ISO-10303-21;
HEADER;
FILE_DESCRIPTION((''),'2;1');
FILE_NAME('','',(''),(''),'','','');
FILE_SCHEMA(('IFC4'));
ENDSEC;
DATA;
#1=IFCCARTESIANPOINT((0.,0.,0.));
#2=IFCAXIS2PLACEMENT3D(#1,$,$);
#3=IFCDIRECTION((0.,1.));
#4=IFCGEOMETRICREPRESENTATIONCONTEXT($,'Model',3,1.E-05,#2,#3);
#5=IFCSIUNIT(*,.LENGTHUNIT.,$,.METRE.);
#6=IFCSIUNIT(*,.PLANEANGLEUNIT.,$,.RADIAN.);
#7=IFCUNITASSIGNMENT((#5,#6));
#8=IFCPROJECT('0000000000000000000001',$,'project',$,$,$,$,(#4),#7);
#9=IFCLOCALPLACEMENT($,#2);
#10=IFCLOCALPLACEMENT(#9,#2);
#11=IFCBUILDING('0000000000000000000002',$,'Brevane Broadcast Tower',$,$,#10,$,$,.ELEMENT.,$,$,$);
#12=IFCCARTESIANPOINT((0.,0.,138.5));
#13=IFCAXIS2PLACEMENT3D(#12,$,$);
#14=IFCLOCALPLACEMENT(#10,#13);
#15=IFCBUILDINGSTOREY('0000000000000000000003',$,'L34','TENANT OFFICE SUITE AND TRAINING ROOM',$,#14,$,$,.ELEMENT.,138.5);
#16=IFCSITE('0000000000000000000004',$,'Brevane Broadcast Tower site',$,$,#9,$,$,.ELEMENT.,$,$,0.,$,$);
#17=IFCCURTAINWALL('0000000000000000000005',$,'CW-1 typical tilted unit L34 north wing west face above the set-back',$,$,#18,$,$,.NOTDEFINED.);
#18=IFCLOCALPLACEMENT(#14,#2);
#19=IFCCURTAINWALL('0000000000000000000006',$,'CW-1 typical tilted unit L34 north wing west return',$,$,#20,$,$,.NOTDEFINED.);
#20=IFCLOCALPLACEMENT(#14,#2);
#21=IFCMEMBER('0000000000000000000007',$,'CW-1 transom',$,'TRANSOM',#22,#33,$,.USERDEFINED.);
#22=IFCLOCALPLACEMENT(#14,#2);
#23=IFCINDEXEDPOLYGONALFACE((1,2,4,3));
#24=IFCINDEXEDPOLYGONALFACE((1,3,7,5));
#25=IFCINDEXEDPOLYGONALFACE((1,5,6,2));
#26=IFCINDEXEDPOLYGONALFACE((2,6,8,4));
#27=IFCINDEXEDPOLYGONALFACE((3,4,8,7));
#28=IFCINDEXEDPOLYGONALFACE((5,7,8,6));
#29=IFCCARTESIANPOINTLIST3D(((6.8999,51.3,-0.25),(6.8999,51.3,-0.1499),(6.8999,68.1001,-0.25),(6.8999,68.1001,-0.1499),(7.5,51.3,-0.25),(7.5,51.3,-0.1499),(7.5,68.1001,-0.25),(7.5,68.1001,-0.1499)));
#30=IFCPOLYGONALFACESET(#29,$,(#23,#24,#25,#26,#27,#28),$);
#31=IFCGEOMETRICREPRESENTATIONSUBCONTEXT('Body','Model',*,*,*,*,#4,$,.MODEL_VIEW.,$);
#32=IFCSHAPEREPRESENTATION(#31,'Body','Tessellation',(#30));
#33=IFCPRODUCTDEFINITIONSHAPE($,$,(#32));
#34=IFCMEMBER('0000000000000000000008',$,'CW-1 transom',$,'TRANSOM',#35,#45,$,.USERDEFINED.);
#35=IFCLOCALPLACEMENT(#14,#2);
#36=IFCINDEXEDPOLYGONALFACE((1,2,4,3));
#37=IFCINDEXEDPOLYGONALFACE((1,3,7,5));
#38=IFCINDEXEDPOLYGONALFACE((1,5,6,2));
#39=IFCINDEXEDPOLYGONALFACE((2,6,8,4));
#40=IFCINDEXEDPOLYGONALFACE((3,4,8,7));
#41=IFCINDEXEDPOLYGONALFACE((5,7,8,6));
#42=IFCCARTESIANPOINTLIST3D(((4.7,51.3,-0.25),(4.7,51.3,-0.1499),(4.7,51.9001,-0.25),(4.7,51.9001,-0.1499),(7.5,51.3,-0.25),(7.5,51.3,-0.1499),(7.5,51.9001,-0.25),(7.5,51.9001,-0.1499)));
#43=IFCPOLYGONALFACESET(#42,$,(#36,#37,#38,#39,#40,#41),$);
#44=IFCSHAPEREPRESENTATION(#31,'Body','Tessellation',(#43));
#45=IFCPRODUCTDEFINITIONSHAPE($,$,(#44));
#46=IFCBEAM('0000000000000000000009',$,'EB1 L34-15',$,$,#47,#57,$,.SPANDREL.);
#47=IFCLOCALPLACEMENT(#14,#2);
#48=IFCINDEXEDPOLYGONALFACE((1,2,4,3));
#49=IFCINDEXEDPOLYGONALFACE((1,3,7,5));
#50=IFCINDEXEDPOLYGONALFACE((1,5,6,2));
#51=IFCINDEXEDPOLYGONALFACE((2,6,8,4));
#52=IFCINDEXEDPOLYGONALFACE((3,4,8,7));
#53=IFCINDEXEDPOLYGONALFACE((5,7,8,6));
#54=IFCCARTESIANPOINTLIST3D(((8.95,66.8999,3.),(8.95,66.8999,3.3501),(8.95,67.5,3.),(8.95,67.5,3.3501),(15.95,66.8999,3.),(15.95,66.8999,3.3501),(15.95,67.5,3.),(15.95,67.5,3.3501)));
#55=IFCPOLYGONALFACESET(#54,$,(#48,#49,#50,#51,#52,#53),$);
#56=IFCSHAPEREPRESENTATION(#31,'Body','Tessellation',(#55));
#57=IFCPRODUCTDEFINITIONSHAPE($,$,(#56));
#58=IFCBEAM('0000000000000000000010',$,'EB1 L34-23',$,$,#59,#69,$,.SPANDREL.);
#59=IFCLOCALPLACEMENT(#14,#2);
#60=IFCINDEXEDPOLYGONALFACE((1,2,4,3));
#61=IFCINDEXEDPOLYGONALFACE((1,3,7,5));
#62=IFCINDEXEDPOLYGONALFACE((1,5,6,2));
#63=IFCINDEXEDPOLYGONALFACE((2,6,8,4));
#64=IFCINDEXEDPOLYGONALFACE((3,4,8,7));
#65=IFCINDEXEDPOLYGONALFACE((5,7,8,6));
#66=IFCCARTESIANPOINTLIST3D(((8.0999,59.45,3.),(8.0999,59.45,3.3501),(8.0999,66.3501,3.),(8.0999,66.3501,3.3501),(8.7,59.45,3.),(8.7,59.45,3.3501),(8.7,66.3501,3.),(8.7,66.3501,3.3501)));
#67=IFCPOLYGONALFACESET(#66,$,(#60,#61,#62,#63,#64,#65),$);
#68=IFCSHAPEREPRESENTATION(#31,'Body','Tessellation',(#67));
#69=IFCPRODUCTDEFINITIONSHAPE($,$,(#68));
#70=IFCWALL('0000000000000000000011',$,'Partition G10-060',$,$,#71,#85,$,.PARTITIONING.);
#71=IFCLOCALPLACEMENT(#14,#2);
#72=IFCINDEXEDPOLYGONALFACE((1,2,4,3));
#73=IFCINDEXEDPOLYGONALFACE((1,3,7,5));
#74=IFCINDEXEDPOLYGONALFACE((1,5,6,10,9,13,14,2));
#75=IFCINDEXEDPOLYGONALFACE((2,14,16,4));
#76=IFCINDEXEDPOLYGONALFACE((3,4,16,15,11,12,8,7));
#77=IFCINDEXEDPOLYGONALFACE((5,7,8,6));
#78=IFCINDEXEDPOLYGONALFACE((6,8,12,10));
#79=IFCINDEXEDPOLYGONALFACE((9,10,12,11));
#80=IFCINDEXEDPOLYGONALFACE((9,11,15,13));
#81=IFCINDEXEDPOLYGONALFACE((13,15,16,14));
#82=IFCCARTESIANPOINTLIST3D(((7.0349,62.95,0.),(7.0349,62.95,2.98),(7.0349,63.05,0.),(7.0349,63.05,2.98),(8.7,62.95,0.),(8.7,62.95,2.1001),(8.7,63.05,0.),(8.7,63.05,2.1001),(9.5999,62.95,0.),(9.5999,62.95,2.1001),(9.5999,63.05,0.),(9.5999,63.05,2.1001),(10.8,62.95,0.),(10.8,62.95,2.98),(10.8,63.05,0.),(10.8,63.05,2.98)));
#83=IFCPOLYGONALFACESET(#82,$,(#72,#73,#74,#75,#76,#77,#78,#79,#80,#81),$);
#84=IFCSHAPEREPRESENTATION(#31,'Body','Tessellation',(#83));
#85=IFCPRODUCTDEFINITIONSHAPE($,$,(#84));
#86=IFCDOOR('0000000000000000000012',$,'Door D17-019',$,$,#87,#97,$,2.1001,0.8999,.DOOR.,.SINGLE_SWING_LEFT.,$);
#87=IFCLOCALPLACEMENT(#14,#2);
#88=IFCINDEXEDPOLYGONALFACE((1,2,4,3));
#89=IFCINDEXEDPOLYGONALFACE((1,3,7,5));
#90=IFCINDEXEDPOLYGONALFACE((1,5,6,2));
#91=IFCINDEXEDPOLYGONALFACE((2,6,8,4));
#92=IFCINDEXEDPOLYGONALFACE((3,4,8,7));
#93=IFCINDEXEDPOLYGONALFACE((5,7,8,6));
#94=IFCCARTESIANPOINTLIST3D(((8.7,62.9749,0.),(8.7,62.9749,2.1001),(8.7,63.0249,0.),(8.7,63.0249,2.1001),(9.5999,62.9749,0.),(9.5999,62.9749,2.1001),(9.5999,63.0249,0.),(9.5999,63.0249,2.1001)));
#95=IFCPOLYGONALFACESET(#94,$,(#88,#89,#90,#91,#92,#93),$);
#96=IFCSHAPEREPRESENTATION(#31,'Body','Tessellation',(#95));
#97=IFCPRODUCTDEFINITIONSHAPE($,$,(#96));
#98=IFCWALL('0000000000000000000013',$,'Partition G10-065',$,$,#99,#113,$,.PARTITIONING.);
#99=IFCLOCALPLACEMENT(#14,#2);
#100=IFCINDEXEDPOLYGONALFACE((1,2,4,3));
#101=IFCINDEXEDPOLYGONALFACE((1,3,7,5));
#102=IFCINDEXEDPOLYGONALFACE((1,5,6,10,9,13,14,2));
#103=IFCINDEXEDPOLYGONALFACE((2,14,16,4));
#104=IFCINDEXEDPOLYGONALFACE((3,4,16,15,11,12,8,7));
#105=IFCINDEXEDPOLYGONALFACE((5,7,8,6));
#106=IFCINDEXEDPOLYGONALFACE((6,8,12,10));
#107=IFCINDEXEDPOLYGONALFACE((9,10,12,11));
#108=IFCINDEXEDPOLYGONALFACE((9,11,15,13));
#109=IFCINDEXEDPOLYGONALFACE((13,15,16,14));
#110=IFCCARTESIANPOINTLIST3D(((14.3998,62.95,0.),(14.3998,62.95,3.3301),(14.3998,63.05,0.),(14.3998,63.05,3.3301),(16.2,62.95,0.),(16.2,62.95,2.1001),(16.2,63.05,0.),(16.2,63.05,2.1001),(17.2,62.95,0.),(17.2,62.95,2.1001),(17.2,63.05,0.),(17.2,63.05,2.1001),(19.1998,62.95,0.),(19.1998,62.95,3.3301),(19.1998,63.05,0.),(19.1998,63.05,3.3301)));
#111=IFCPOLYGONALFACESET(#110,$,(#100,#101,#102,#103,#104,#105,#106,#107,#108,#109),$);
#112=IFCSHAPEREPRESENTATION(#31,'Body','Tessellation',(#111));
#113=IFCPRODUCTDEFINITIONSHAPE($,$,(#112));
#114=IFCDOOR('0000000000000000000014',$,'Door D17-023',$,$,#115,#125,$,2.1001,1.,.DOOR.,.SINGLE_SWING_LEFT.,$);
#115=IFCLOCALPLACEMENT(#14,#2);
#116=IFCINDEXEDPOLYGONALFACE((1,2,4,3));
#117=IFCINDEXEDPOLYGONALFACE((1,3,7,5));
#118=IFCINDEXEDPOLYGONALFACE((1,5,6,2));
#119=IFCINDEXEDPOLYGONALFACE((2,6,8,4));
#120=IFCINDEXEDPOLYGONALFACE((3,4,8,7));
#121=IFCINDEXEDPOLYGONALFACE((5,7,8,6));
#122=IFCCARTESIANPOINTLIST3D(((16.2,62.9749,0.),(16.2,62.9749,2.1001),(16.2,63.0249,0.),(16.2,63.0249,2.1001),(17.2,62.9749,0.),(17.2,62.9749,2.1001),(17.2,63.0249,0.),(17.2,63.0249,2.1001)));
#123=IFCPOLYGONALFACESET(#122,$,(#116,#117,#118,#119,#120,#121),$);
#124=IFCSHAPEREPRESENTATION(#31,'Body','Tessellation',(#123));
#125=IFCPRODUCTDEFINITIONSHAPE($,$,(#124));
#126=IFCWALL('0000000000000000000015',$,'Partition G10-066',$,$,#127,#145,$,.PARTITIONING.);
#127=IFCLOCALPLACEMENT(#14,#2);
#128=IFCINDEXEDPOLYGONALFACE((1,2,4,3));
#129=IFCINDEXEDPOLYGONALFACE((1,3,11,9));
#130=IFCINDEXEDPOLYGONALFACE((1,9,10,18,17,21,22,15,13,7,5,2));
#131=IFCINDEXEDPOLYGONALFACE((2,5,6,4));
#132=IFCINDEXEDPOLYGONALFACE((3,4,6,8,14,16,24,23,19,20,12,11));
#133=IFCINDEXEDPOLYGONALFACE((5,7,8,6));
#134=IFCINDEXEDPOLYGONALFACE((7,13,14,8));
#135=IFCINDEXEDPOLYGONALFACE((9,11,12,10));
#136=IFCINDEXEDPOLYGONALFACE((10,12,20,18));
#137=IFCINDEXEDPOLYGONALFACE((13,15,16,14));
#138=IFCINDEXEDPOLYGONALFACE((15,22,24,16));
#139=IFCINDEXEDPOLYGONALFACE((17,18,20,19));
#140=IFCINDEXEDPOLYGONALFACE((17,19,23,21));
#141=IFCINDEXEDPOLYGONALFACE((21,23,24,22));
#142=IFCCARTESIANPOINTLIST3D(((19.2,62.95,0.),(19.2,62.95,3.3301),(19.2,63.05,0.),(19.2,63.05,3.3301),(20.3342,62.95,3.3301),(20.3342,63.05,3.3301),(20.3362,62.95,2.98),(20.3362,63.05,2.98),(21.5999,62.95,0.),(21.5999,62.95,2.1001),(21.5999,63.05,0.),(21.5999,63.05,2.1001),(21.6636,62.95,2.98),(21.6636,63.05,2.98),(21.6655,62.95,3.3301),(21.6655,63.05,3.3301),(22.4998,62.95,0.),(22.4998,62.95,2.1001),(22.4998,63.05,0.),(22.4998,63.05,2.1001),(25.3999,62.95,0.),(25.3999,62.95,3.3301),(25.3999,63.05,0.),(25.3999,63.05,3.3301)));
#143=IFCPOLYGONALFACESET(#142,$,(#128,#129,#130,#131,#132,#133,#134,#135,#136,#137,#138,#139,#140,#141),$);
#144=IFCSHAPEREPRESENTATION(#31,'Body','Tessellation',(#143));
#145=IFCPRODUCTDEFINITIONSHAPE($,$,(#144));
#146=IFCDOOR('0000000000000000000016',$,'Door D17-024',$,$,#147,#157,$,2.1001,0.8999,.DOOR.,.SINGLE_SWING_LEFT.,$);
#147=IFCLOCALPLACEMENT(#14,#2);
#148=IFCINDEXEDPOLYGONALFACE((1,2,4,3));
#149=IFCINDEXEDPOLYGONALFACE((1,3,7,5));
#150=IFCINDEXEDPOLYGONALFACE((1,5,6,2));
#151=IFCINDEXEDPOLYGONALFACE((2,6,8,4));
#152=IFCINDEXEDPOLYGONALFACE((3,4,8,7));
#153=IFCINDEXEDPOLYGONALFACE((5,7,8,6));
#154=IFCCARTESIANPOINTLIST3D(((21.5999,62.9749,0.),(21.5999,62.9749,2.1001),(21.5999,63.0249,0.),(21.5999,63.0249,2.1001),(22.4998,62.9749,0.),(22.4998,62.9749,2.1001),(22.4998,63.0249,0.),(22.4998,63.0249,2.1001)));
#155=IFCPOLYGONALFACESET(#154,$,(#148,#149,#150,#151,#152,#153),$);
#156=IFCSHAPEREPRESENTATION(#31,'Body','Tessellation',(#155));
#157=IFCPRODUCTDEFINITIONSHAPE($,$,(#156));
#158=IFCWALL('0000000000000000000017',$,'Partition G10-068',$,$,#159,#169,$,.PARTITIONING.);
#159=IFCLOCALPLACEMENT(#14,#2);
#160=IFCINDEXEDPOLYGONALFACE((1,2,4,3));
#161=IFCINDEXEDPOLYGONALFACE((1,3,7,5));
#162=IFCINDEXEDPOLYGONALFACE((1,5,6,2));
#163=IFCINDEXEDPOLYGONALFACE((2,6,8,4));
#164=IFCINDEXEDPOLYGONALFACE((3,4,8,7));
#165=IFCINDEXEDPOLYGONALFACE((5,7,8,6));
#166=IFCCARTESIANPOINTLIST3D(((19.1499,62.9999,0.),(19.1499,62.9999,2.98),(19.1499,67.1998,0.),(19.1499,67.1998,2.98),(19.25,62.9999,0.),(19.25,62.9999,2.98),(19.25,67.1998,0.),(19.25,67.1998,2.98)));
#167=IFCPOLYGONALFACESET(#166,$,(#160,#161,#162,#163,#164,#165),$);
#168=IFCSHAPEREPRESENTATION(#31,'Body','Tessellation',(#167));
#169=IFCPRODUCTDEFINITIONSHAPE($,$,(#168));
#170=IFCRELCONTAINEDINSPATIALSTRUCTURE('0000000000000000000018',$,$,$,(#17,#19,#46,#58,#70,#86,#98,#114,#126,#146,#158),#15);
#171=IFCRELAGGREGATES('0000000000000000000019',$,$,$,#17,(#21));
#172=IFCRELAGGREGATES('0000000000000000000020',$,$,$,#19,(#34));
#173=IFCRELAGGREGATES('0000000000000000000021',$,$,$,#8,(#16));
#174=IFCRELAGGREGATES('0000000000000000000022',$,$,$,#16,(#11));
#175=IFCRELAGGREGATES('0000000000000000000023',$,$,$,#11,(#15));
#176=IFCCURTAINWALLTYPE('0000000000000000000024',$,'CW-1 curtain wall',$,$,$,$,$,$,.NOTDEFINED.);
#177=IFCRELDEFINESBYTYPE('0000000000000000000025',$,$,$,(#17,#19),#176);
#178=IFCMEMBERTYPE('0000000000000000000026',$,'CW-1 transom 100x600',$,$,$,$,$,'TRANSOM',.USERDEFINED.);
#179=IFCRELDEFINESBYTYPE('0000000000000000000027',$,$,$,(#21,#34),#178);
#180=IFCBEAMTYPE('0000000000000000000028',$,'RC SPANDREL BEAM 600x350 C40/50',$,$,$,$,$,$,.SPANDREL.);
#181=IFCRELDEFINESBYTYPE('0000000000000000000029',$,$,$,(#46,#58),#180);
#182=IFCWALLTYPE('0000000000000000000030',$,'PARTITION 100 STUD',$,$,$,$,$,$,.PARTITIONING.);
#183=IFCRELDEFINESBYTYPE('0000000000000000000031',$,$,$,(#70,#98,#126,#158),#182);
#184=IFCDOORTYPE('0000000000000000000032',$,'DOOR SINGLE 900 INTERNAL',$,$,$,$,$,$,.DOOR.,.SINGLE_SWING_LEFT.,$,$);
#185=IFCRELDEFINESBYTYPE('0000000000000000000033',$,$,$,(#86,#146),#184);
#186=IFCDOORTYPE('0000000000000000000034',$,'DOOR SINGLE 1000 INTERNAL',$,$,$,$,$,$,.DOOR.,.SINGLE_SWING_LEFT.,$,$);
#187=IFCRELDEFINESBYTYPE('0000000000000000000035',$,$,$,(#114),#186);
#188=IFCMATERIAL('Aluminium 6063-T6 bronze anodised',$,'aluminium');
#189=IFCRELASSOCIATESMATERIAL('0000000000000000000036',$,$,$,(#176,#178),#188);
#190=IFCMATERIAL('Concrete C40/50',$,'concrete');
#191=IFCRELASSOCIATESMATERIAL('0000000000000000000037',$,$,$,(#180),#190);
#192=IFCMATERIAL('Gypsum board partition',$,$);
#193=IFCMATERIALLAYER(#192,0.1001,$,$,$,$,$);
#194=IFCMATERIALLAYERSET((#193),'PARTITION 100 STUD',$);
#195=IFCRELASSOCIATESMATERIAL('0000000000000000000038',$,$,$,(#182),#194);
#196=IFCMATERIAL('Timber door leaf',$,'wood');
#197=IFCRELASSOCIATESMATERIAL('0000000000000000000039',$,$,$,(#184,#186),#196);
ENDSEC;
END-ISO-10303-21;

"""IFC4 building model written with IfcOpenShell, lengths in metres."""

from ifc_helpers import new_model, si_unit, direction, frame, frame_2d, origin, origin_2d, place, context, subcontext, project, spatial, polyline, rectangle, outline, extrude, material, layer, layer_set, material_profile, profile_set, type_object, element, fill, aggregate, save


model = new_model("IFC4")

# Units and contexts
model_context = context("Model", 3, precision=1e-05, world=origin(), true_north=direction((0.0, 1.0)))
body_context = subcontext(model_context, "Body", "Model", "MODEL_VIEW")
ifc_project = project(units=[si_unit("LENGTHUNIT", "METRE"), si_unit("PLANEANGLEUNIT", "RADIAN")], contexts=[model_context])

# Site, building, storey
site_placement = place(None, origin())
site = spatial("IfcSite", under=ifc_project, at=site_placement, Name="Brevane Broadcast Tower site", CompositionType="ELEMENT", RefElevation=0.0)
building_placement = place(site_placement, origin())
building = spatial("IfcBuilding", under=site, at=building_placement, Name="Brevane Broadcast Tower", CompositionType="ELEMENT")
storey_placement = place(building_placement, frame((0.0, 0.0, 138.5)))
storey = spatial("IfcBuildingStorey", under=building, at=storey_placement, Name="L34", Description="TENANT OFFICE SUITE AND TRAINING ROOM", CompositionType="ELEMENT", Elevation=138.5)

# Curtain walls
ifc_material_1 = material(Name="Aluminium 6063-T6 bronze anodised", Category="aluminium")
curtain_wall_type = type_object("IfcCurtainWallType", Name="CW-1 curtain wall", PredefinedType="NOTDEFINED", material=ifc_material_1)
curtain_wall_1_placement = place(storey_placement, origin())
curtain_wall_1 = element("IfcCurtainWall", 1, at=curtain_wall_1_placement, inside=storey, type_object=curtain_wall_type, Name="CW-1 typical tilted unit L34 north wing west face above the set-back", PredefinedType="NOTDEFINED")
curtain_wall_2_placement = place(storey_placement, origin())
curtain_wall_2 = element("IfcCurtainWall", 2, at=curtain_wall_2_placement, inside=storey, type_object=curtain_wall_type, Name="CW-1 typical tilted unit L34 north wing west return", PredefinedType="NOTDEFINED")

# Members
ifc_material_profile_1 = material_profile(ifc_material_1, rectangle(XDim=0.6001, YDim=0.1001, at=origin_2d()), Name="RECT 100x600")
ifc_profile_set_1 = profile_set([ifc_material_profile_1], Name="Aluminium 6063-T6 bronze anodised")
member_type_1 = type_object("IfcMemberType", Name="CW-1 transom 100x600", ElementType="TRANSOM", PredefinedType="USERDEFINED", material=ifc_profile_set_1)
member_1_placement = place(storey_placement, frame((7.2, 68.1001, -0.2), z_axis=(0.0, -1.0, 0.0), x_axis=(1.0, 0.0, 0.0)))
member_1 = element("IfcMember", 3, at=member_1_placement, type_object=member_type_1, Name="CW-1 transom", ObjectType="TRANSOM", PredefinedType="USERDEFINED", context=body_context, shape_type="SweptSolid", body=[
    extrude(rectangle(XDim=0.6001, YDim=0.1001, at=origin_2d()), origin(), (0.0, 0.0, 1.0), 16.8),
])
aggregate(curtain_wall_1, [member_1])
member_2_placement = place(storey_placement, frame((7.5, 51.6001, -0.2), z_axis=(-1.0, 0.0, 0.0), x_axis=(0.0, -1.0, 0.0)))
member_2 = element("IfcMember", 4, at=member_2_placement, type_object=member_type_1, Name="CW-1 transom", ObjectType="TRANSOM", PredefinedType="USERDEFINED", context=body_context, shape_type="SweptSolid", body=[
    extrude(rectangle(XDim=0.6001, YDim=0.1001, at=origin_2d()), origin(), (0.0, 0.0, 1.0), 2.8),
])
aggregate(curtain_wall_2, [member_2])

# Beams
ifc_material_2 = material(Name="Concrete C40/50", Category="concrete")
ifc_material_profile_2 = material_profile(ifc_material_2, rectangle(XDim=0.6001, YDim=0.3501, at=origin_2d()), Name="RC 600x350")
ifc_profile_set_2 = profile_set([ifc_material_profile_2], Name="Concrete C40/50")
beam_type = type_object("IfcBeamType", Name="RC SPANDREL BEAM 600x350 C40/50", PredefinedType="SPANDREL", material=ifc_profile_set_2)
beam_1_placement = place(storey_placement, frame((15.95, 67.2, 3.175), z_axis=(-1.0, 0.0, 0.0), x_axis=(0.0, -1.0, 0.0)))
element("IfcBeam", 5, at=beam_1_placement, inside=storey, type_object=beam_type, Name="EB1 L34-15", PredefinedType="SPANDREL", context=body_context, shape_type="SweptSolid", body=[
    extrude(rectangle(XDim=0.6001, YDim=0.3501, at=origin_2d()), origin(), (0.0, 0.0, 1.0), 7.0),
])
beam_2_placement = place(storey_placement, frame((8.3999, 59.45, 3.175), z_axis=(0.0, 1.0, 0.0), x_axis=(-1.0, 0.0, 0.0)))
element("IfcBeam", 6, at=beam_2_placement, inside=storey, type_object=beam_type, Name="EB1 L34-23", PredefinedType="SPANDREL", context=body_context, shape_type="SweptSolid", body=[
    extrude(rectangle(XDim=0.6001, YDim=0.3501, at=origin_2d()), origin(), (0.0, 0.0, 1.0), 6.9001),
])

# Walls, openings, doors
ifc_material_3 = material(Name="Gypsum board partition")
ifc_layer_1 = layer(ifc_material_3, 0.1001)
ifc_layer_set_1 = layer_set([ifc_layer_1], Name="PARTITION 100 STUD")
wall_type_1 = type_object("IfcWallType", Name="PARTITION 100 STUD", PredefinedType="PARTITIONING", material=ifc_layer_set_1)
wall_1_placement = place(storey_placement, frame((7.0349, 63.0, 0.0), z_axis=(0.0, 0.0, 1.0), x_axis=(1.0, 0.0, 0.0)))
wall_1 = element("IfcWall", 7, at=wall_1_placement, inside=storey, type_object=wall_type_1, Name="Partition G10-060", PredefinedType="PARTITIONING", context=body_context, shape_type="SweptSolid", body=[
    extrude(rectangle(XDim=3.7651, YDim=0.1001, at=frame_2d((1.8826, 0.0))), origin(), (0.0, 0.0, 1.0), 2.98),
])
opening_1_placement = place(wall_1_placement, frame((1.665, 0.0, 0.0)))
opening_1 = element("IfcOpeningElement", 8, at=opening_1_placement, cuts=wall_1, PredefinedType="OPENING", context=body_context, shape_type="SweptSolid", body=[
    extrude(rectangle(XDim=0.8999, YDim=2.1001, at=frame_2d((0.45, 1.05))), frame((0.0, 0.0601, 0.0), z_axis=(0.0, -1.0, 0.0), x_axis=(1.0, 0.0, 0.0)), (0.0, 0.0, 1.0), 0.1201),
])
ifc_material_4 = material(Name="Timber door leaf", Category="wood")
door_type_1 = type_object("IfcDoorType", Name="DOOR SINGLE 900 INTERNAL", OperationType="SINGLE_SWING_LEFT", PredefinedType="DOOR", material=ifc_material_4)
door_1_placement = place(opening_1_placement, origin())
door_1 = element("IfcDoor", 9, at=door_1_placement, inside=storey, type_object=door_type_1, Name="Door D17-019", OperationType="SINGLE_SWING_LEFT", OverallHeight=2.1001, OverallWidth=0.8999, PredefinedType="DOOR", context=body_context, shape_type="SweptSolid", body=[
    extrude(rectangle(XDim=0.8999, YDim=2.1001, at=frame_2d((0.45, 1.05))), frame((0.0, 0.0249, 0.0), z_axis=(0.0, -1.0, 0.0), x_axis=(1.0, 0.0, 0.0)), (0.0, 0.0, 1.0), 0.05),
])
fill(opening_1, door_1)
wall_2_placement = place(storey_placement, frame((14.3999, 63.0, 0.0), z_axis=(0.0, 0.0, 1.0), x_axis=(1.0, 0.0, 0.0)))
wall_2 = element("IfcWall", 10, at=wall_2_placement, inside=storey, type_object=wall_type_1, Name="Partition G10-065", PredefinedType="PARTITIONING", context=body_context, shape_type="SweptSolid", body=[
    extrude(rectangle(XDim=4.8, YDim=0.1001, at=frame_2d((2.3999, 0.0))), origin(), (0.0, 0.0, 1.0), 3.3301),
])
opening_2_placement = place(wall_2_placement, frame((1.8, 0.0, 0.0)))
opening_2 = element("IfcOpeningElement", 11, at=opening_2_placement, cuts=wall_2, PredefinedType="OPENING", context=body_context, shape_type="SweptSolid", body=[
    extrude(rectangle(XDim=1.0, YDim=2.1001, at=frame_2d((0.5, 1.05))), frame((0.0, 0.0601, 0.0), z_axis=(0.0, -1.0, 0.0), x_axis=(1.0, 0.0, 0.0)), (0.0, 0.0, 1.0), 0.1201),
])
door_type_2 = type_object("IfcDoorType", Name="DOOR SINGLE 1000 INTERNAL", OperationType="SINGLE_SWING_LEFT", PredefinedType="DOOR", material=ifc_material_4)
door_2_placement = place(opening_2_placement, origin())
door_2 = element("IfcDoor", 12, at=door_2_placement, inside=storey, type_object=door_type_2, Name="Door D17-023", OperationType="SINGLE_SWING_LEFT", OverallHeight=2.1001, OverallWidth=1.0, PredefinedType="DOOR", context=body_context, shape_type="SweptSolid", body=[
    extrude(rectangle(XDim=1.0, YDim=2.1001, at=frame_2d((0.5, 1.05))), frame((0.0, 0.0249, 0.0), z_axis=(0.0, -1.0, 0.0), x_axis=(1.0, 0.0, 0.0)), (0.0, 0.0, 1.0), 0.05),
])
fill(opening_2, door_2)
wall_3_placement = place(storey_placement, frame((19.2, 63.0, 0.0), z_axis=(0.0, 0.0, 1.0), x_axis=(1.0, 0.0, 0.0)))
wall_3 = element("IfcWall", 13, at=wall_3_placement, inside=storey, type_object=wall_type_1, Name="Partition G10-066", PredefinedType="PARTITIONING", context=body_context, shape_type="SweptSolid", body=[
    extrude(outline(polyline([(0.0, 0.0), (6.2, 0.0), (6.2, 3.3301), (2.4656, 3.3301), (2.4636, 2.98), (1.1362, 2.98), (1.1343, 3.3301), (0.0, 3.3301), (0.0, 0.0)])), frame((0.0, 0.05, 0.0), z_axis=(0.0, -1.0, 0.0), x_axis=(1.0, 0.0, 0.0)), (0.0, 0.0, 1.0), 0.1001),
])
opening_3_placement = place(wall_3_placement, frame((2.3999, 0.0, 0.0)))
opening_3 = element("IfcOpeningElement", 14, at=opening_3_placement, cuts=wall_3, PredefinedType="OPENING", context=body_context, shape_type="SweptSolid", body=[
    extrude(rectangle(XDim=0.8999, YDim=2.1001, at=frame_2d((0.45, 1.05))), frame((0.0, 0.0601, 0.0), z_axis=(0.0, -1.0, 0.0), x_axis=(1.0, 0.0, 0.0)), (0.0, 0.0, 1.0), 0.1201),
])
door_3_placement = place(opening_3_placement, origin())
door_3 = element("IfcDoor", 15, at=door_3_placement, inside=storey, type_object=door_type_1, Name="Door D17-024", OperationType="SINGLE_SWING_LEFT", OverallHeight=2.1001, OverallWidth=0.8999, PredefinedType="DOOR", context=body_context, shape_type="SweptSolid", body=[
    extrude(rectangle(XDim=0.8999, YDim=2.1001, at=frame_2d((0.45, 1.05))), frame((0.0, 0.0249, 0.0), z_axis=(0.0, -1.0, 0.0), x_axis=(1.0, 0.0, 0.0)), (0.0, 0.0, 1.0), 0.05),
])
fill(opening_3, door_3)

# Wall
wall_4_placement = place(storey_placement, frame((19.2, 67.2, 0.0), z_axis=(0.0, 0.0, 1.0), x_axis=(0.0, -1.0, 0.0)))
element("IfcWall", 16, at=wall_4_placement, inside=storey, type_object=wall_type_1, Name="Partition G10-068", PredefinedType="PARTITIONING", context=body_context, shape_type="SweptSolid", body=[
    extrude(rectangle(XDim=4.2, YDim=0.1001, at=frame_2d((2.1001, 0.0))), origin(), (0.0, 0.0, 1.0), 2.98),
])

save(model, "model.ifc")
